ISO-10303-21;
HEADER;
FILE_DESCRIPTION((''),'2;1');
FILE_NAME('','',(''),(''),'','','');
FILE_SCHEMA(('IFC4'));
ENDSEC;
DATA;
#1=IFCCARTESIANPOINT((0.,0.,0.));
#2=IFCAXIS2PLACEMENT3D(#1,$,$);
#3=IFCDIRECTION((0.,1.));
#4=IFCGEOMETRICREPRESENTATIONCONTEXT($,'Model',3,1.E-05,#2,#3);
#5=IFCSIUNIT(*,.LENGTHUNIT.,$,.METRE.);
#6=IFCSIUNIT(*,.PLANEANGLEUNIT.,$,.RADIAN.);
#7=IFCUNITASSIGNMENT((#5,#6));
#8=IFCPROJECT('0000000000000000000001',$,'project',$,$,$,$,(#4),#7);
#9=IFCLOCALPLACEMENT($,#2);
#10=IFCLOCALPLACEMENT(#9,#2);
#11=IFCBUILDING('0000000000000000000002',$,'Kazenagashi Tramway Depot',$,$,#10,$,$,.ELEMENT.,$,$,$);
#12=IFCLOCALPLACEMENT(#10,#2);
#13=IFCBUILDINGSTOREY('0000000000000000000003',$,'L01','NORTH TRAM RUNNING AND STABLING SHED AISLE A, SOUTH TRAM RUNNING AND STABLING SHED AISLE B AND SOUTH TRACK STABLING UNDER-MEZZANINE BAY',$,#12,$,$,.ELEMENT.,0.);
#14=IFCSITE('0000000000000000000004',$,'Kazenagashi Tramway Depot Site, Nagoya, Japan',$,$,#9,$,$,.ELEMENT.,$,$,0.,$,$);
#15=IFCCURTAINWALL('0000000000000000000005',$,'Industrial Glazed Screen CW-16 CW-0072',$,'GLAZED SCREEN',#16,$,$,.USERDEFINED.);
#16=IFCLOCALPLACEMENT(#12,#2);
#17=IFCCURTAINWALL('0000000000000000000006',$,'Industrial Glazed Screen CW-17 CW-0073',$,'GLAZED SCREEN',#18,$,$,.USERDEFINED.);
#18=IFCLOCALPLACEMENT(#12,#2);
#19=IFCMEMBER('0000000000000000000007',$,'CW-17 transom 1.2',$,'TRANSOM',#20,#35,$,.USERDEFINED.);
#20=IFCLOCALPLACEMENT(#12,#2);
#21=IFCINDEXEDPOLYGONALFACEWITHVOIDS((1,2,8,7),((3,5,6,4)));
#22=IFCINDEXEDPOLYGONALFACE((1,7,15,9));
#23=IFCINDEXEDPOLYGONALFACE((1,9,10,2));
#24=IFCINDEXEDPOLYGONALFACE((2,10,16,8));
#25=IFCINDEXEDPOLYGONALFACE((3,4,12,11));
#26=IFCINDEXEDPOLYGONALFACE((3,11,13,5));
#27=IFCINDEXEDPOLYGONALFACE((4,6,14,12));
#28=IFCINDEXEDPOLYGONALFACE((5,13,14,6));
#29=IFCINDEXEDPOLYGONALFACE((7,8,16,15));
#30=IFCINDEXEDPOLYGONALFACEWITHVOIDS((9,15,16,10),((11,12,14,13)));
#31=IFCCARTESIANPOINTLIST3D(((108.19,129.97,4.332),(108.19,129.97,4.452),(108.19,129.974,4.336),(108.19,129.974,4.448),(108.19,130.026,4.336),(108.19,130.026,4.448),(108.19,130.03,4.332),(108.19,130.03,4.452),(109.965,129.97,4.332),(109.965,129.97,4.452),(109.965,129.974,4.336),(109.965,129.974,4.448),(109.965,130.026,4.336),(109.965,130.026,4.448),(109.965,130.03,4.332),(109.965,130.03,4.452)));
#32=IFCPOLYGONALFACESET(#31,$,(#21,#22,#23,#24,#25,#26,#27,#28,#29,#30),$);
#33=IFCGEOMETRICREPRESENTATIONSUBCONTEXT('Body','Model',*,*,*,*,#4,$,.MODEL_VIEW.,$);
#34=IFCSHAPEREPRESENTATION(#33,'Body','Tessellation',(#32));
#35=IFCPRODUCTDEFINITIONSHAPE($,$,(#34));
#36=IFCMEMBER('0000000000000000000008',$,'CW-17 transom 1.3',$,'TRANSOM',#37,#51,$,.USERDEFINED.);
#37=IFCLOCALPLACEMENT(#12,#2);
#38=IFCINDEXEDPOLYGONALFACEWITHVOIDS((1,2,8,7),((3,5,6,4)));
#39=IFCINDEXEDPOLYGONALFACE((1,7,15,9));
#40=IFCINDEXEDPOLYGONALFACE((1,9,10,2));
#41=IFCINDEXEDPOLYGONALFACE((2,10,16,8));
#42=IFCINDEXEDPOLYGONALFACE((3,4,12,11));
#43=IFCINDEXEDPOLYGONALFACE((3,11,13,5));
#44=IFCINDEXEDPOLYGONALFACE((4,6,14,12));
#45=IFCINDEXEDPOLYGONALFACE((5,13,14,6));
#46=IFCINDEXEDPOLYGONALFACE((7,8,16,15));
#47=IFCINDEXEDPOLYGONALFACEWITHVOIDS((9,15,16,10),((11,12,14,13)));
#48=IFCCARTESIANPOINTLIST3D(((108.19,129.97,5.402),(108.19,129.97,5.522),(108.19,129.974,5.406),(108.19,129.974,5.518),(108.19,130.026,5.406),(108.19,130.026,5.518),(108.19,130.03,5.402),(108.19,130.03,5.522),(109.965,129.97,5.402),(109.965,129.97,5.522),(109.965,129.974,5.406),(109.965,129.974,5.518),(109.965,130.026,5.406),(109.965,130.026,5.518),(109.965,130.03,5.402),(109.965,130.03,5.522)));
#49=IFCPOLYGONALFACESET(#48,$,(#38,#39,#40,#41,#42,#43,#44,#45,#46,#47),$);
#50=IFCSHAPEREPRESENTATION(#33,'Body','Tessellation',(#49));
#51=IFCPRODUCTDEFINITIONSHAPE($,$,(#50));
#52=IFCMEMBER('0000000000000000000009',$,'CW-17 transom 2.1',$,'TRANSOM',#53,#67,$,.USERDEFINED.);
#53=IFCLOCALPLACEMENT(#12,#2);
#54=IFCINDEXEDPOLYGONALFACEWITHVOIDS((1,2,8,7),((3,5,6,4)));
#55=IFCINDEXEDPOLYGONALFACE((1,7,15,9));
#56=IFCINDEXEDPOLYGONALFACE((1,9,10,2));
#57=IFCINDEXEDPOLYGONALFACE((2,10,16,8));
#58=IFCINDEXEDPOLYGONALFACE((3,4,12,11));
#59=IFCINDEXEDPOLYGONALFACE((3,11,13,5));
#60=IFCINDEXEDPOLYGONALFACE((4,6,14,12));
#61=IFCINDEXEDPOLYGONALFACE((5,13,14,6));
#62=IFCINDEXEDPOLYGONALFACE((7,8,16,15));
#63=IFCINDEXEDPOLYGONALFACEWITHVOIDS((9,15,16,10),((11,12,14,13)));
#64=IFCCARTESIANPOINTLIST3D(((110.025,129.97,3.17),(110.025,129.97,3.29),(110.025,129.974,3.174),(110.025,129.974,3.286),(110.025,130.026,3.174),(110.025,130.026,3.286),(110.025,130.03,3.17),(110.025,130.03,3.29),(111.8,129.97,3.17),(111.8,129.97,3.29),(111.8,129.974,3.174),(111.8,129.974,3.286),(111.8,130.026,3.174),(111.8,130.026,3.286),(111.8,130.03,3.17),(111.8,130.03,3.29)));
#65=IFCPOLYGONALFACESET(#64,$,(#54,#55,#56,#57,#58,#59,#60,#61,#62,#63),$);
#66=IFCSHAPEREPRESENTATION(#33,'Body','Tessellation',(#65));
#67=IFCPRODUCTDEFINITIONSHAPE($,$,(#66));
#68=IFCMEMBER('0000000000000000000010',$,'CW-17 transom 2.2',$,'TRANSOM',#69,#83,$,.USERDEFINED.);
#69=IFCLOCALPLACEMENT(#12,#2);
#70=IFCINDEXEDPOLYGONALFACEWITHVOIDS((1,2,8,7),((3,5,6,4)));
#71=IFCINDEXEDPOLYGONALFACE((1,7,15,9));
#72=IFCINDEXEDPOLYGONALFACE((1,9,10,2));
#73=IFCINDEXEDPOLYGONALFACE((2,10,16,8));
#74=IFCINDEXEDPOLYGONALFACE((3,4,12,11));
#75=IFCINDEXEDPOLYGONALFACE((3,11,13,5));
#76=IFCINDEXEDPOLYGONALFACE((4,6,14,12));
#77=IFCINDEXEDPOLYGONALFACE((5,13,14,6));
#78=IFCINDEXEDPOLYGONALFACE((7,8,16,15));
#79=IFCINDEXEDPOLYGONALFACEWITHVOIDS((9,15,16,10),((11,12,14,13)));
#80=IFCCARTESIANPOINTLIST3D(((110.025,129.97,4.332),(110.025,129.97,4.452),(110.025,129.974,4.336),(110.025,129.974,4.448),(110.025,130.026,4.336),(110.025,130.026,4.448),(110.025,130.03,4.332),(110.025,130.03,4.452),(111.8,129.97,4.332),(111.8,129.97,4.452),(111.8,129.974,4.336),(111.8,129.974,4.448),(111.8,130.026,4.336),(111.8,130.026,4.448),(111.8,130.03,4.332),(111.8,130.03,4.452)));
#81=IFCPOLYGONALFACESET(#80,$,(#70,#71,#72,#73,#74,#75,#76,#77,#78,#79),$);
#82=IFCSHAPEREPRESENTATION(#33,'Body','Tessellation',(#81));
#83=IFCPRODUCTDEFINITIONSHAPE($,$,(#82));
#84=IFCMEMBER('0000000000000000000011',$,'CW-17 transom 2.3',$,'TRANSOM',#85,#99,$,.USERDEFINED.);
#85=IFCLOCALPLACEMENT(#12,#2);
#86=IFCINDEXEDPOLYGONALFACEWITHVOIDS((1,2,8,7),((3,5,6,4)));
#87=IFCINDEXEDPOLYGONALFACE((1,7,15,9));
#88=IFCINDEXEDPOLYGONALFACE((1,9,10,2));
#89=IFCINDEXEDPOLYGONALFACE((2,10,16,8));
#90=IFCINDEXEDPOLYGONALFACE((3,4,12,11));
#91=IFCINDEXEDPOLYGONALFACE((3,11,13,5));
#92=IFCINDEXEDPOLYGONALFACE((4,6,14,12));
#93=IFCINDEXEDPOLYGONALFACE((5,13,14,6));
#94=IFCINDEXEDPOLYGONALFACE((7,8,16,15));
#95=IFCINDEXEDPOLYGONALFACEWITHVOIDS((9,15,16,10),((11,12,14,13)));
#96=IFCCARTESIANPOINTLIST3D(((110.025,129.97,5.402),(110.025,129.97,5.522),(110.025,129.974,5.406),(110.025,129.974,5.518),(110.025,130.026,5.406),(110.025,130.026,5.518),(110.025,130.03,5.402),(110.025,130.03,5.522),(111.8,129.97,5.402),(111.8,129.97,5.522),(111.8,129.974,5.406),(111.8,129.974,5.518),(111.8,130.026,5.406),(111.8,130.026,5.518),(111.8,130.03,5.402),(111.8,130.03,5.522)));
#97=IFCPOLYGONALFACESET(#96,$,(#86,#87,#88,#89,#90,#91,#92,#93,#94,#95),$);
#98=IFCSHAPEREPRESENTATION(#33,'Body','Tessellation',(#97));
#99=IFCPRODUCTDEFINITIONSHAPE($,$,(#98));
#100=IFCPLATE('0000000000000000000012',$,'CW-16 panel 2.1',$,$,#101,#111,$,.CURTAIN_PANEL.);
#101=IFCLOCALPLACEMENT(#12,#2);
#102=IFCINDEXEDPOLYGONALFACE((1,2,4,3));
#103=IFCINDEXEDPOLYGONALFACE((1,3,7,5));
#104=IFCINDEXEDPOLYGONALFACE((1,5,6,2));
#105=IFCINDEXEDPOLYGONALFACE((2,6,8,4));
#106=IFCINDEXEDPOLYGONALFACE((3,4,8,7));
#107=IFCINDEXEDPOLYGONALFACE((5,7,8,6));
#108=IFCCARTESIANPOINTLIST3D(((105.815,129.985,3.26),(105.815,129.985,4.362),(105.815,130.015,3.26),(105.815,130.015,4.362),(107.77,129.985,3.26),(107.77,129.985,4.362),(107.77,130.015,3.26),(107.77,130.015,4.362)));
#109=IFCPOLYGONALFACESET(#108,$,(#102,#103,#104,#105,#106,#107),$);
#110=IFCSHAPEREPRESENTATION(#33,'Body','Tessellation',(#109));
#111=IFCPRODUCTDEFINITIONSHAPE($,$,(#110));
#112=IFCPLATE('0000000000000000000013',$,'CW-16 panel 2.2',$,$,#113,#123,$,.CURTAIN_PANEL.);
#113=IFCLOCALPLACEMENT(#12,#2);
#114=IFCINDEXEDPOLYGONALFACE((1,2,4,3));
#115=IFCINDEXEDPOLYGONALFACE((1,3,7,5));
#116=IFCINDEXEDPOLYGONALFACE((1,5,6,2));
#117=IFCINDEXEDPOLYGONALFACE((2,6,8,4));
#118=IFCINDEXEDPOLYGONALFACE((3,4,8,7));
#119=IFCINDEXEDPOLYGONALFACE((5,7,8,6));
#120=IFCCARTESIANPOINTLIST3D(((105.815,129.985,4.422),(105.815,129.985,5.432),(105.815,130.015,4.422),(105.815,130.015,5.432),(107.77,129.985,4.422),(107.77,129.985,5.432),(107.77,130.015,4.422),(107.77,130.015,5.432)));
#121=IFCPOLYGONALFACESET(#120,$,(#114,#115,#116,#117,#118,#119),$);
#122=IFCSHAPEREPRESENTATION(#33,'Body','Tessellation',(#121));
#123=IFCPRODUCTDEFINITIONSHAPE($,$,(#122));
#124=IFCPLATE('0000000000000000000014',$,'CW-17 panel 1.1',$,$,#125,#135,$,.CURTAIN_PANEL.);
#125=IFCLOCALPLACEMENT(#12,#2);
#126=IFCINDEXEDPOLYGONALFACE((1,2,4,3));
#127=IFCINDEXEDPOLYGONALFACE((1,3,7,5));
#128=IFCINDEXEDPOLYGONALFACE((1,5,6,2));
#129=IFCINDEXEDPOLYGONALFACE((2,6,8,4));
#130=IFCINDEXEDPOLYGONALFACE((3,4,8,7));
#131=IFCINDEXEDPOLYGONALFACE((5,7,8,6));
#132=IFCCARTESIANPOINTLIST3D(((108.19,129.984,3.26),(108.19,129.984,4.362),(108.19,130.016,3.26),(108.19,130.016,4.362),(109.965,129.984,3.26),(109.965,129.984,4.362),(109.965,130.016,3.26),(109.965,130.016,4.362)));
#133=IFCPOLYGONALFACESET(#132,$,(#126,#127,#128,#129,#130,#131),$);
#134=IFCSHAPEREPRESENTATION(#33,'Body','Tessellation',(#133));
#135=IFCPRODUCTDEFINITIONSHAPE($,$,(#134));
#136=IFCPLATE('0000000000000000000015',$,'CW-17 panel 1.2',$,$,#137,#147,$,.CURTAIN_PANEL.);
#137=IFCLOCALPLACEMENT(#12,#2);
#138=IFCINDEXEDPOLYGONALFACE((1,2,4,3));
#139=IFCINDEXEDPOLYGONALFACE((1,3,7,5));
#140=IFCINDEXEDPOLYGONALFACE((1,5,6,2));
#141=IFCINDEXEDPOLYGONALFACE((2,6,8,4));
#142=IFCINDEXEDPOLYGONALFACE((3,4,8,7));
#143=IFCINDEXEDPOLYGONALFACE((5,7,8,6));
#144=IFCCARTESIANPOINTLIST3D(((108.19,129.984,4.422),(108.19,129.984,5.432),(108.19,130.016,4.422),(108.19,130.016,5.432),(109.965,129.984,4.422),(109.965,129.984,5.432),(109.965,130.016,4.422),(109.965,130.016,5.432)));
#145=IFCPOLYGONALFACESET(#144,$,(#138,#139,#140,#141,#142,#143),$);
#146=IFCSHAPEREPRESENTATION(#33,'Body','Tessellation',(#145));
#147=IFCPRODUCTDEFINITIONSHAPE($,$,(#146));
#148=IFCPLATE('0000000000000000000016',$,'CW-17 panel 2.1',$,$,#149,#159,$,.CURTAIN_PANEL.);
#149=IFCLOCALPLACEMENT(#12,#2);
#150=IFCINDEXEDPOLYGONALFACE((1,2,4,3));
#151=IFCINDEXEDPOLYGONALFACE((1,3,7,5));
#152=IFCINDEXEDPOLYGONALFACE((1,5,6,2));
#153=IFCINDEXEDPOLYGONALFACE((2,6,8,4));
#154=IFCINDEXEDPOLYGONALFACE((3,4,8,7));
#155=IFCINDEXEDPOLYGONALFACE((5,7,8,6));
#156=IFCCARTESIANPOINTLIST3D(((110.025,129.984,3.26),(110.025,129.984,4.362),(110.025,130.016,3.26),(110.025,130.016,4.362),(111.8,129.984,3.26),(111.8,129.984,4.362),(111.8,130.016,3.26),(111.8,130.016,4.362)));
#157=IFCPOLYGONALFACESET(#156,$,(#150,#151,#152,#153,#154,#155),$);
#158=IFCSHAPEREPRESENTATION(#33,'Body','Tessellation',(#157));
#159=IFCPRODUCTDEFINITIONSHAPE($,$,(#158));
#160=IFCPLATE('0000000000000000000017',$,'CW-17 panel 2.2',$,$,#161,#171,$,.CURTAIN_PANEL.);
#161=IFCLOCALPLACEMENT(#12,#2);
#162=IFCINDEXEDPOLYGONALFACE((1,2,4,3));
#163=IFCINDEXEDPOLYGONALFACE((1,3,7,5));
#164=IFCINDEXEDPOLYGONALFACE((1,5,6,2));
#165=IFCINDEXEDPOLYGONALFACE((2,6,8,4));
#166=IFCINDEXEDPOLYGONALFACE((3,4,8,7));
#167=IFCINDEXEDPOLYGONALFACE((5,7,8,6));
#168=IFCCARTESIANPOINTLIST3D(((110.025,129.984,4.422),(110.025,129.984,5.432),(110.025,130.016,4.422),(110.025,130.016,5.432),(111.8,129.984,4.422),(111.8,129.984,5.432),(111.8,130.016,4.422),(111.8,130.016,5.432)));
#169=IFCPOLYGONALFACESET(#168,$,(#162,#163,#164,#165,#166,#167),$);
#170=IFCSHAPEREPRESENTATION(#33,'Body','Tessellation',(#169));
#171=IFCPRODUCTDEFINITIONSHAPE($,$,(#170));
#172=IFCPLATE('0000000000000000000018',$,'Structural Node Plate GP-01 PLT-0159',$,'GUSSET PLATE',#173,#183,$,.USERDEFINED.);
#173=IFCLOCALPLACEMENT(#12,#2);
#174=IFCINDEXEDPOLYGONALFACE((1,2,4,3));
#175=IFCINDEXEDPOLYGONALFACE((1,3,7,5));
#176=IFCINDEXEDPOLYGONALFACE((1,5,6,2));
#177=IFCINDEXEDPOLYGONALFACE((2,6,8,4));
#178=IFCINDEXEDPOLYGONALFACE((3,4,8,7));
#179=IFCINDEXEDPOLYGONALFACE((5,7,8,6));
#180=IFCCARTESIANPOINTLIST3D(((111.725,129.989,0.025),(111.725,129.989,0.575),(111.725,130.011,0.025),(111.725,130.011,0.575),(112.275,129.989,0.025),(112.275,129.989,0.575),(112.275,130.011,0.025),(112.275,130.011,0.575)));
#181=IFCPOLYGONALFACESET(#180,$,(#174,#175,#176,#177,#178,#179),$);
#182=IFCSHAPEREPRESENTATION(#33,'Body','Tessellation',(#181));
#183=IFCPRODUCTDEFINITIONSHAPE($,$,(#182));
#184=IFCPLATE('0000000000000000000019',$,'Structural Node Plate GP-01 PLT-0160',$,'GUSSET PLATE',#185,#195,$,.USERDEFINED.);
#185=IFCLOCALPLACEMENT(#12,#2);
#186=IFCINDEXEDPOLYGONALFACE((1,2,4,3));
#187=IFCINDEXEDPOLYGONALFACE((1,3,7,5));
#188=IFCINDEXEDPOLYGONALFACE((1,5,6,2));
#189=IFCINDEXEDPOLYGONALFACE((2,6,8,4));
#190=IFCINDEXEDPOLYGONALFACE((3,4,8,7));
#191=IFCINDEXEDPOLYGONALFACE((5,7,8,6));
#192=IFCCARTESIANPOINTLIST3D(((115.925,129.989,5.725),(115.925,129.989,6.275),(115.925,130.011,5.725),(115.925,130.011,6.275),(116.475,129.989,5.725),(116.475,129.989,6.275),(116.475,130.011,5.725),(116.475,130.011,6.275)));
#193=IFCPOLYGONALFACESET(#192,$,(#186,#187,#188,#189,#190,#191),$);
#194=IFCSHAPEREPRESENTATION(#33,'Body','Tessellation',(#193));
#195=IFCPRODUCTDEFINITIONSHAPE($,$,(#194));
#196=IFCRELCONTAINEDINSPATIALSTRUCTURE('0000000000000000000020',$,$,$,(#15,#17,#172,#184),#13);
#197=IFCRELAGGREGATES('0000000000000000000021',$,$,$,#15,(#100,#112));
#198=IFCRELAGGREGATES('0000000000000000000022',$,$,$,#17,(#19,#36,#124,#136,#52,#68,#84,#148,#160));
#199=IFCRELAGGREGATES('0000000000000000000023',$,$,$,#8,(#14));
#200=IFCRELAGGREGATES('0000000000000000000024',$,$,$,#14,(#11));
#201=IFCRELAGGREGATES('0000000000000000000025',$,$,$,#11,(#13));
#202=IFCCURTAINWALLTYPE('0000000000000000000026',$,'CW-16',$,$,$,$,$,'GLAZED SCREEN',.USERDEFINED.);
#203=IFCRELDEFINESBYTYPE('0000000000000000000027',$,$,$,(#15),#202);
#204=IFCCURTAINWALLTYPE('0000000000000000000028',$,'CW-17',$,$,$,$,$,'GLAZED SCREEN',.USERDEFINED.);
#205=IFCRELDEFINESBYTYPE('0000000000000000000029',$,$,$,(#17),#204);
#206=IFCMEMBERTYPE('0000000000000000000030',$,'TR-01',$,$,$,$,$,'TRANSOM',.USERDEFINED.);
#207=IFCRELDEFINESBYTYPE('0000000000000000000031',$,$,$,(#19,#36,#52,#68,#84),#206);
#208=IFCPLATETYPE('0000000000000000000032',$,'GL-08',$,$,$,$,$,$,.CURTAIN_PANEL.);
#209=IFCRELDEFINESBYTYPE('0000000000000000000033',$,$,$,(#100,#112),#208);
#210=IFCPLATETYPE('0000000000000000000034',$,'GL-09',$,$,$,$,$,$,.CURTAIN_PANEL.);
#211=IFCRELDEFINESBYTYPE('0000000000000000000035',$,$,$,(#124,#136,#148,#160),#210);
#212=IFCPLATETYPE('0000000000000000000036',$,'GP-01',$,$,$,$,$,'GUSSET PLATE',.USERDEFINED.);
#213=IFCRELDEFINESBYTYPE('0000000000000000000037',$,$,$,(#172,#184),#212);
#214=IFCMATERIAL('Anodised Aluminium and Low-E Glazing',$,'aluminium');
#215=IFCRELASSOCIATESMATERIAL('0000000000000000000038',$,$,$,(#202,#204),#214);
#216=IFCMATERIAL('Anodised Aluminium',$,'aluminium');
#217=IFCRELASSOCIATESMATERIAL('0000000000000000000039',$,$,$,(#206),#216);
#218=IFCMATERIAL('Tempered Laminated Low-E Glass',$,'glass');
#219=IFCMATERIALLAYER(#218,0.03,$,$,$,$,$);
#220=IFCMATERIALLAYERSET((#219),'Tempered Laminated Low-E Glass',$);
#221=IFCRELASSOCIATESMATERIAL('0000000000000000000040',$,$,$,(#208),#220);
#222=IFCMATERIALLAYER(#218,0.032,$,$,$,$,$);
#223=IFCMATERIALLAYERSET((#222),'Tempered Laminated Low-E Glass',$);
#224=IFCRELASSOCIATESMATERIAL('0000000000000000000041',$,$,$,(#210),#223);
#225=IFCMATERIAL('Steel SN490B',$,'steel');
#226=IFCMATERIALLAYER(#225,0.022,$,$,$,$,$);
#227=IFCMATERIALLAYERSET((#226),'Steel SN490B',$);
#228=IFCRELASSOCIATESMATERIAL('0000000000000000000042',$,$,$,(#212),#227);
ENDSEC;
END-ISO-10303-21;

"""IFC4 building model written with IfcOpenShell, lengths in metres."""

from ifc_helpers import new_model, si_unit, direction, frame, origin, origin_2d, place, context, subcontext, project, spatial, rectangle, hollow_rectangle, extrude, material, layer, layer_set, material_profile, profile_set, type_object, element, aggregate, save


model = new_model("IFC4")

# Units and contexts
model_context = context("Model", 3, precision=1e-05, world=origin(), true_north=direction((0.0, 1.0)))
body_context = subcontext(model_context, "Body", "Model", "MODEL_VIEW")
ifc_project = project(units=[si_unit("LENGTHUNIT", "METRE"), si_unit("PLANEANGLEUNIT", "RADIAN")], contexts=[model_context])

# Site, building, storey
site_placement = place(None, origin())
site = spatial("IfcSite", under=ifc_project, at=site_placement, Name="Kazenagashi Tramway Depot Site, Nagoya, Japan", CompositionType="ELEMENT", RefElevation=0.0)
building_placement = place(site_placement, origin())
building = spatial("IfcBuilding", under=site, at=building_placement, Name="Kazenagashi Tramway Depot", CompositionType="ELEMENT")
storey_placement = place(building_placement, origin())
storey = spatial("IfcBuildingStorey", under=building, at=storey_placement, Name="L01", Description="NORTH TRAM RUNNING AND STABLING SHED AISLE A, SOUTH TRAM RUNNING AND STABLING SHED AISLE B AND SOUTH TRACK STABLING UNDER-MEZZANINE BAY", CompositionType="ELEMENT", Elevation=0.0)

# Shared definitions
ifc_material_1 = material(Name="Steel SN490B", Category="steel")

# Curtain wall
ifc_material_2 = material(Name="Anodised Aluminium and Low-E Glazing", Category="aluminium")
curtain_wall_type_1 = type_object("IfcCurtainWallType", Name="CW-16", ElementType="GLAZED SCREEN", PredefinedType="USERDEFINED", material=ifc_material_2)
curtain_wall_1_placement = place(storey_placement, origin())
curtain_wall_1 = element("IfcCurtainWall", 1, at=curtain_wall_1_placement, inside=storey, type_object=curtain_wall_type_1, Name="Industrial Glazed Screen CW-16 CW-0072", ObjectType="GLAZED SCREEN", PredefinedType="USERDEFINED")
ifc_material_3 = material(Name="Anodised Aluminium", Category="aluminium")

# Curtain wall, members
curtain_wall_type_2 = type_object("IfcCurtainWallType", Name="CW-17", ElementType="GLAZED SCREEN", PredefinedType="USERDEFINED", material=ifc_material_2)
curtain_wall_2_placement = place(storey_placement, origin())
curtain_wall_2 = element("IfcCurtainWall", 2, at=curtain_wall_2_placement, inside=storey, type_object=curtain_wall_type_2, Name="Industrial Glazed Screen CW-17 CW-0073", ObjectType="GLAZED SCREEN", PredefinedType="USERDEFINED")
ifc_material_profile_1 = material_profile(ifc_material_3, hollow_rectangle(XDim=0.06, YDim=0.12, WallThickness=0.004, at=origin_2d()), Name="RHS-120x60x4")
ifc_profile_set_1 = profile_set([ifc_material_profile_1], Name="Anodised Aluminium")
member_type_1 = type_object("IfcMemberType", Name="TR-01", ElementType="TRANSOM", PredefinedType="USERDEFINED", material=ifc_profile_set_1)
member_1_placement = place(storey_placement, frame((108.19, 130.0, 4.392), z_axis=(1.0, 0.0, 0.0), x_axis=(0.0, 1.0, 0.0)))
member_1 = element("IfcMember", 3, at=member_1_placement, type_object=member_type_1, Name="CW-17 transom 1.2", ObjectType="TRANSOM", PredefinedType="USERDEFINED", context=body_context, shape_type="SweptSolid", body=[
    extrude(hollow_rectangle(XDim=0.06, YDim=0.12, WallThickness=0.004, at=origin_2d()), origin(), (0.0, 0.0, 1.0), 1.775),
])
member_2_placement = place(storey_placement, frame((108.19, 130.0, 5.462), z_axis=(1.0, 0.0, 0.0), x_axis=(0.0, 1.0, 0.0)))
member_2 = element("IfcMember", 4, at=member_2_placement, type_object=member_type_1, Name="CW-17 transom 1.3", ObjectType="TRANSOM", PredefinedType="USERDEFINED", context=body_context, shape_type="SweptSolid", body=[
    extrude(hollow_rectangle(XDim=0.06, YDim=0.12, WallThickness=0.004, at=origin_2d()), origin(), (0.0, 0.0, 1.0), 1.775),
])
member_3_placement = place(storey_placement, frame((110.025, 130.0, 3.23), z_axis=(1.0, 0.0, 0.0), x_axis=(0.0, 1.0, 0.0)))
member_3 = element("IfcMember", 5, at=member_3_placement, type_object=member_type_1, Name="CW-17 transom 2.1", ObjectType="TRANSOM", PredefinedType="USERDEFINED", context=body_context, shape_type="SweptSolid", body=[
    extrude(hollow_rectangle(XDim=0.06, YDim=0.12, WallThickness=0.004, at=origin_2d()), origin(), (0.0, 0.0, 1.0), 1.775),
])
member_4_placement = place(storey_placement, frame((110.025, 130.0, 4.392), z_axis=(1.0, 0.0, 0.0), x_axis=(0.0, 1.0, 0.0)))
member_4 = element("IfcMember", 6, at=member_4_placement, type_object=member_type_1, Name="CW-17 transom 2.2", ObjectType="TRANSOM", PredefinedType="USERDEFINED", context=body_context, shape_type="SweptSolid", body=[
    extrude(hollow_rectangle(XDim=0.06, YDim=0.12, WallThickness=0.004, at=origin_2d()), origin(), (0.0, 0.0, 1.0), 1.775),
])
member_5_placement = place(storey_placement, frame((110.025, 130.0, 5.462), z_axis=(1.0, 0.0, 0.0), x_axis=(0.0, 1.0, 0.0)))
member_5 = element("IfcMember", 7, at=member_5_placement, type_object=member_type_1, Name="CW-17 transom 2.3", ObjectType="TRANSOM", PredefinedType="USERDEFINED", context=body_context, shape_type="SweptSolid", body=[
    extrude(hollow_rectangle(XDim=0.06, YDim=0.12, WallThickness=0.004, at=origin_2d()), origin(), (0.0, 0.0, 1.0), 1.775),
])

# Plates
ifc_material_4 = material(Name="Tempered Laminated Low-E Glass", Category="glass")
ifc_layer_1 = layer(ifc_material_4, 0.03)
ifc_layer_set_1 = layer_set([ifc_layer_1], Name="Tempered Laminated Low-E Glass")
plate_type_1 = type_object("IfcPlateType", Name="GL-08", PredefinedType="CURTAIN_PANEL", material=ifc_layer_set_1)
plate_1_placement = place(storey_placement, frame((106.7925, 130.0, 3.26), z_axis=(0.0, 0.0, 1.0), x_axis=(1.0, 0.0, 0.0)))
plate_1 = element("IfcPlate", 8, at=plate_1_placement, type_object=plate_type_1, Name="CW-16 panel 2.1", PredefinedType="CURTAIN_PANEL", context=body_context, shape_type="SweptSolid", body=[
    extrude(rectangle(XDim=1.955, YDim=0.03, at=origin_2d()), origin(), (0.0, 0.0, 1.0), 1.102),
])
plate_2_placement = place(storey_placement, frame((106.7925, 130.0, 4.422), z_axis=(0.0, 0.0, 1.0), x_axis=(1.0, 0.0, 0.0)))
plate_2 = element("IfcPlate", 9, at=plate_2_placement, type_object=plate_type_1, Name="CW-16 panel 2.2", PredefinedType="CURTAIN_PANEL", context=body_context, shape_type="SweptSolid", body=[
    extrude(rectangle(XDim=1.955, YDim=0.03, at=origin_2d()), origin(), (0.0, 0.0, 1.0), 1.01),
])
aggregate(curtain_wall_1, [plate_1, plate_2])
ifc_layer_2 = layer(ifc_material_4, 0.032)
ifc_layer_set_2 = layer_set([ifc_layer_2], Name="Tempered Laminated Low-E Glass")
plate_type_2 = type_object("IfcPlateType", Name="GL-09", PredefinedType="CURTAIN_PANEL", material=ifc_layer_set_2)
plate_3_placement = place(storey_placement, frame((109.0775, 130.0, 3.26), z_axis=(0.0, 0.0, 1.0), x_axis=(1.0, 0.0, 0.0)))
plate_3 = element("IfcPlate", 10, at=plate_3_placement, type_object=plate_type_2, Name="CW-17 panel 1.1", PredefinedType="CURTAIN_PANEL", context=body_context, shape_type="SweptSolid", body=[
    extrude(rectangle(XDim=1.775, YDim=0.032, at=origin_2d()), origin(), (0.0, 0.0, 1.0), 1.102),
])
plate_4_placement = place(storey_placement, frame((109.0775, 130.0, 4.422), z_axis=(0.0, 0.0, 1.0), x_axis=(1.0, 0.0, 0.0)))
plate_4 = element("IfcPlate", 11, at=plate_4_placement, type_object=plate_type_2, Name="CW-17 panel 1.2", PredefinedType="CURTAIN_PANEL", context=body_context, shape_type="SweptSolid", body=[
    extrude(rectangle(XDim=1.775, YDim=0.032, at=origin_2d()), origin(), (0.0, 0.0, 1.0), 1.01),
])
plate_5_placement = place(storey_placement, frame((110.9125, 130.0, 3.26), z_axis=(0.0, 0.0, 1.0), x_axis=(1.0, 0.0, 0.0)))
plate_5 = element("IfcPlate", 12, at=plate_5_placement, type_object=plate_type_2, Name="CW-17 panel 2.1", PredefinedType="CURTAIN_PANEL", context=body_context, shape_type="SweptSolid", body=[
    extrude(rectangle(XDim=1.775, YDim=0.032, at=origin_2d()), origin(), (0.0, 0.0, 1.0), 1.102),
])
plate_6_placement = place(storey_placement, frame((110.9125, 130.0, 4.422), z_axis=(0.0, 0.0, 1.0), x_axis=(1.0, 0.0, 0.0)))
plate_6 = element("IfcPlate", 13, at=plate_6_placement, type_object=plate_type_2, Name="CW-17 panel 2.2", PredefinedType="CURTAIN_PANEL", context=body_context, shape_type="SweptSolid", body=[
    extrude(rectangle(XDim=1.775, YDim=0.032, at=origin_2d()), origin(), (0.0, 0.0, 1.0), 1.01),
])
aggregate(curtain_wall_2, [member_1, member_2, plate_3, plate_4, member_3, member_4, member_5, plate_5, plate_6])

# Plates
ifc_layer_3 = layer(ifc_material_1, 0.022)
ifc_layer_set_3 = layer_set([ifc_layer_3], Name="Steel SN490B")
plate_type_3 = type_object("IfcPlateType", Name="GP-01", ElementType="GUSSET PLATE", PredefinedType="USERDEFINED", material=ifc_layer_set_3)
for number, where, z_axis, x_axis, name in (
    (14, (112.0, 130.0, 0.025), (0.0, 0.0, 1.0), (1.0, 0.0, 0.0), "Structural Node Plate GP-01 PLT-0159"),
    (15, (116.2, 130.0, 5.725), (0.0, 0.0, 1.0), (1.0, 0.0, 0.0), "Structural Node Plate GP-01 PLT-0160"),
):
    element("IfcPlate", number, at=place(storey_placement, frame(where, z_axis=z_axis, x_axis=x_axis)), inside=storey, type_object=plate_type_3, Name=name, ObjectType="GUSSET PLATE", PredefinedType="USERDEFINED", context=body_context, shape_type="SweptSolid", body=[
        extrude(rectangle(XDim=0.55, YDim=0.022, at=origin_2d()), origin(), (0.0, 0.0, 1.0), 0.55),
    ])

save(model, "model.ifc")
